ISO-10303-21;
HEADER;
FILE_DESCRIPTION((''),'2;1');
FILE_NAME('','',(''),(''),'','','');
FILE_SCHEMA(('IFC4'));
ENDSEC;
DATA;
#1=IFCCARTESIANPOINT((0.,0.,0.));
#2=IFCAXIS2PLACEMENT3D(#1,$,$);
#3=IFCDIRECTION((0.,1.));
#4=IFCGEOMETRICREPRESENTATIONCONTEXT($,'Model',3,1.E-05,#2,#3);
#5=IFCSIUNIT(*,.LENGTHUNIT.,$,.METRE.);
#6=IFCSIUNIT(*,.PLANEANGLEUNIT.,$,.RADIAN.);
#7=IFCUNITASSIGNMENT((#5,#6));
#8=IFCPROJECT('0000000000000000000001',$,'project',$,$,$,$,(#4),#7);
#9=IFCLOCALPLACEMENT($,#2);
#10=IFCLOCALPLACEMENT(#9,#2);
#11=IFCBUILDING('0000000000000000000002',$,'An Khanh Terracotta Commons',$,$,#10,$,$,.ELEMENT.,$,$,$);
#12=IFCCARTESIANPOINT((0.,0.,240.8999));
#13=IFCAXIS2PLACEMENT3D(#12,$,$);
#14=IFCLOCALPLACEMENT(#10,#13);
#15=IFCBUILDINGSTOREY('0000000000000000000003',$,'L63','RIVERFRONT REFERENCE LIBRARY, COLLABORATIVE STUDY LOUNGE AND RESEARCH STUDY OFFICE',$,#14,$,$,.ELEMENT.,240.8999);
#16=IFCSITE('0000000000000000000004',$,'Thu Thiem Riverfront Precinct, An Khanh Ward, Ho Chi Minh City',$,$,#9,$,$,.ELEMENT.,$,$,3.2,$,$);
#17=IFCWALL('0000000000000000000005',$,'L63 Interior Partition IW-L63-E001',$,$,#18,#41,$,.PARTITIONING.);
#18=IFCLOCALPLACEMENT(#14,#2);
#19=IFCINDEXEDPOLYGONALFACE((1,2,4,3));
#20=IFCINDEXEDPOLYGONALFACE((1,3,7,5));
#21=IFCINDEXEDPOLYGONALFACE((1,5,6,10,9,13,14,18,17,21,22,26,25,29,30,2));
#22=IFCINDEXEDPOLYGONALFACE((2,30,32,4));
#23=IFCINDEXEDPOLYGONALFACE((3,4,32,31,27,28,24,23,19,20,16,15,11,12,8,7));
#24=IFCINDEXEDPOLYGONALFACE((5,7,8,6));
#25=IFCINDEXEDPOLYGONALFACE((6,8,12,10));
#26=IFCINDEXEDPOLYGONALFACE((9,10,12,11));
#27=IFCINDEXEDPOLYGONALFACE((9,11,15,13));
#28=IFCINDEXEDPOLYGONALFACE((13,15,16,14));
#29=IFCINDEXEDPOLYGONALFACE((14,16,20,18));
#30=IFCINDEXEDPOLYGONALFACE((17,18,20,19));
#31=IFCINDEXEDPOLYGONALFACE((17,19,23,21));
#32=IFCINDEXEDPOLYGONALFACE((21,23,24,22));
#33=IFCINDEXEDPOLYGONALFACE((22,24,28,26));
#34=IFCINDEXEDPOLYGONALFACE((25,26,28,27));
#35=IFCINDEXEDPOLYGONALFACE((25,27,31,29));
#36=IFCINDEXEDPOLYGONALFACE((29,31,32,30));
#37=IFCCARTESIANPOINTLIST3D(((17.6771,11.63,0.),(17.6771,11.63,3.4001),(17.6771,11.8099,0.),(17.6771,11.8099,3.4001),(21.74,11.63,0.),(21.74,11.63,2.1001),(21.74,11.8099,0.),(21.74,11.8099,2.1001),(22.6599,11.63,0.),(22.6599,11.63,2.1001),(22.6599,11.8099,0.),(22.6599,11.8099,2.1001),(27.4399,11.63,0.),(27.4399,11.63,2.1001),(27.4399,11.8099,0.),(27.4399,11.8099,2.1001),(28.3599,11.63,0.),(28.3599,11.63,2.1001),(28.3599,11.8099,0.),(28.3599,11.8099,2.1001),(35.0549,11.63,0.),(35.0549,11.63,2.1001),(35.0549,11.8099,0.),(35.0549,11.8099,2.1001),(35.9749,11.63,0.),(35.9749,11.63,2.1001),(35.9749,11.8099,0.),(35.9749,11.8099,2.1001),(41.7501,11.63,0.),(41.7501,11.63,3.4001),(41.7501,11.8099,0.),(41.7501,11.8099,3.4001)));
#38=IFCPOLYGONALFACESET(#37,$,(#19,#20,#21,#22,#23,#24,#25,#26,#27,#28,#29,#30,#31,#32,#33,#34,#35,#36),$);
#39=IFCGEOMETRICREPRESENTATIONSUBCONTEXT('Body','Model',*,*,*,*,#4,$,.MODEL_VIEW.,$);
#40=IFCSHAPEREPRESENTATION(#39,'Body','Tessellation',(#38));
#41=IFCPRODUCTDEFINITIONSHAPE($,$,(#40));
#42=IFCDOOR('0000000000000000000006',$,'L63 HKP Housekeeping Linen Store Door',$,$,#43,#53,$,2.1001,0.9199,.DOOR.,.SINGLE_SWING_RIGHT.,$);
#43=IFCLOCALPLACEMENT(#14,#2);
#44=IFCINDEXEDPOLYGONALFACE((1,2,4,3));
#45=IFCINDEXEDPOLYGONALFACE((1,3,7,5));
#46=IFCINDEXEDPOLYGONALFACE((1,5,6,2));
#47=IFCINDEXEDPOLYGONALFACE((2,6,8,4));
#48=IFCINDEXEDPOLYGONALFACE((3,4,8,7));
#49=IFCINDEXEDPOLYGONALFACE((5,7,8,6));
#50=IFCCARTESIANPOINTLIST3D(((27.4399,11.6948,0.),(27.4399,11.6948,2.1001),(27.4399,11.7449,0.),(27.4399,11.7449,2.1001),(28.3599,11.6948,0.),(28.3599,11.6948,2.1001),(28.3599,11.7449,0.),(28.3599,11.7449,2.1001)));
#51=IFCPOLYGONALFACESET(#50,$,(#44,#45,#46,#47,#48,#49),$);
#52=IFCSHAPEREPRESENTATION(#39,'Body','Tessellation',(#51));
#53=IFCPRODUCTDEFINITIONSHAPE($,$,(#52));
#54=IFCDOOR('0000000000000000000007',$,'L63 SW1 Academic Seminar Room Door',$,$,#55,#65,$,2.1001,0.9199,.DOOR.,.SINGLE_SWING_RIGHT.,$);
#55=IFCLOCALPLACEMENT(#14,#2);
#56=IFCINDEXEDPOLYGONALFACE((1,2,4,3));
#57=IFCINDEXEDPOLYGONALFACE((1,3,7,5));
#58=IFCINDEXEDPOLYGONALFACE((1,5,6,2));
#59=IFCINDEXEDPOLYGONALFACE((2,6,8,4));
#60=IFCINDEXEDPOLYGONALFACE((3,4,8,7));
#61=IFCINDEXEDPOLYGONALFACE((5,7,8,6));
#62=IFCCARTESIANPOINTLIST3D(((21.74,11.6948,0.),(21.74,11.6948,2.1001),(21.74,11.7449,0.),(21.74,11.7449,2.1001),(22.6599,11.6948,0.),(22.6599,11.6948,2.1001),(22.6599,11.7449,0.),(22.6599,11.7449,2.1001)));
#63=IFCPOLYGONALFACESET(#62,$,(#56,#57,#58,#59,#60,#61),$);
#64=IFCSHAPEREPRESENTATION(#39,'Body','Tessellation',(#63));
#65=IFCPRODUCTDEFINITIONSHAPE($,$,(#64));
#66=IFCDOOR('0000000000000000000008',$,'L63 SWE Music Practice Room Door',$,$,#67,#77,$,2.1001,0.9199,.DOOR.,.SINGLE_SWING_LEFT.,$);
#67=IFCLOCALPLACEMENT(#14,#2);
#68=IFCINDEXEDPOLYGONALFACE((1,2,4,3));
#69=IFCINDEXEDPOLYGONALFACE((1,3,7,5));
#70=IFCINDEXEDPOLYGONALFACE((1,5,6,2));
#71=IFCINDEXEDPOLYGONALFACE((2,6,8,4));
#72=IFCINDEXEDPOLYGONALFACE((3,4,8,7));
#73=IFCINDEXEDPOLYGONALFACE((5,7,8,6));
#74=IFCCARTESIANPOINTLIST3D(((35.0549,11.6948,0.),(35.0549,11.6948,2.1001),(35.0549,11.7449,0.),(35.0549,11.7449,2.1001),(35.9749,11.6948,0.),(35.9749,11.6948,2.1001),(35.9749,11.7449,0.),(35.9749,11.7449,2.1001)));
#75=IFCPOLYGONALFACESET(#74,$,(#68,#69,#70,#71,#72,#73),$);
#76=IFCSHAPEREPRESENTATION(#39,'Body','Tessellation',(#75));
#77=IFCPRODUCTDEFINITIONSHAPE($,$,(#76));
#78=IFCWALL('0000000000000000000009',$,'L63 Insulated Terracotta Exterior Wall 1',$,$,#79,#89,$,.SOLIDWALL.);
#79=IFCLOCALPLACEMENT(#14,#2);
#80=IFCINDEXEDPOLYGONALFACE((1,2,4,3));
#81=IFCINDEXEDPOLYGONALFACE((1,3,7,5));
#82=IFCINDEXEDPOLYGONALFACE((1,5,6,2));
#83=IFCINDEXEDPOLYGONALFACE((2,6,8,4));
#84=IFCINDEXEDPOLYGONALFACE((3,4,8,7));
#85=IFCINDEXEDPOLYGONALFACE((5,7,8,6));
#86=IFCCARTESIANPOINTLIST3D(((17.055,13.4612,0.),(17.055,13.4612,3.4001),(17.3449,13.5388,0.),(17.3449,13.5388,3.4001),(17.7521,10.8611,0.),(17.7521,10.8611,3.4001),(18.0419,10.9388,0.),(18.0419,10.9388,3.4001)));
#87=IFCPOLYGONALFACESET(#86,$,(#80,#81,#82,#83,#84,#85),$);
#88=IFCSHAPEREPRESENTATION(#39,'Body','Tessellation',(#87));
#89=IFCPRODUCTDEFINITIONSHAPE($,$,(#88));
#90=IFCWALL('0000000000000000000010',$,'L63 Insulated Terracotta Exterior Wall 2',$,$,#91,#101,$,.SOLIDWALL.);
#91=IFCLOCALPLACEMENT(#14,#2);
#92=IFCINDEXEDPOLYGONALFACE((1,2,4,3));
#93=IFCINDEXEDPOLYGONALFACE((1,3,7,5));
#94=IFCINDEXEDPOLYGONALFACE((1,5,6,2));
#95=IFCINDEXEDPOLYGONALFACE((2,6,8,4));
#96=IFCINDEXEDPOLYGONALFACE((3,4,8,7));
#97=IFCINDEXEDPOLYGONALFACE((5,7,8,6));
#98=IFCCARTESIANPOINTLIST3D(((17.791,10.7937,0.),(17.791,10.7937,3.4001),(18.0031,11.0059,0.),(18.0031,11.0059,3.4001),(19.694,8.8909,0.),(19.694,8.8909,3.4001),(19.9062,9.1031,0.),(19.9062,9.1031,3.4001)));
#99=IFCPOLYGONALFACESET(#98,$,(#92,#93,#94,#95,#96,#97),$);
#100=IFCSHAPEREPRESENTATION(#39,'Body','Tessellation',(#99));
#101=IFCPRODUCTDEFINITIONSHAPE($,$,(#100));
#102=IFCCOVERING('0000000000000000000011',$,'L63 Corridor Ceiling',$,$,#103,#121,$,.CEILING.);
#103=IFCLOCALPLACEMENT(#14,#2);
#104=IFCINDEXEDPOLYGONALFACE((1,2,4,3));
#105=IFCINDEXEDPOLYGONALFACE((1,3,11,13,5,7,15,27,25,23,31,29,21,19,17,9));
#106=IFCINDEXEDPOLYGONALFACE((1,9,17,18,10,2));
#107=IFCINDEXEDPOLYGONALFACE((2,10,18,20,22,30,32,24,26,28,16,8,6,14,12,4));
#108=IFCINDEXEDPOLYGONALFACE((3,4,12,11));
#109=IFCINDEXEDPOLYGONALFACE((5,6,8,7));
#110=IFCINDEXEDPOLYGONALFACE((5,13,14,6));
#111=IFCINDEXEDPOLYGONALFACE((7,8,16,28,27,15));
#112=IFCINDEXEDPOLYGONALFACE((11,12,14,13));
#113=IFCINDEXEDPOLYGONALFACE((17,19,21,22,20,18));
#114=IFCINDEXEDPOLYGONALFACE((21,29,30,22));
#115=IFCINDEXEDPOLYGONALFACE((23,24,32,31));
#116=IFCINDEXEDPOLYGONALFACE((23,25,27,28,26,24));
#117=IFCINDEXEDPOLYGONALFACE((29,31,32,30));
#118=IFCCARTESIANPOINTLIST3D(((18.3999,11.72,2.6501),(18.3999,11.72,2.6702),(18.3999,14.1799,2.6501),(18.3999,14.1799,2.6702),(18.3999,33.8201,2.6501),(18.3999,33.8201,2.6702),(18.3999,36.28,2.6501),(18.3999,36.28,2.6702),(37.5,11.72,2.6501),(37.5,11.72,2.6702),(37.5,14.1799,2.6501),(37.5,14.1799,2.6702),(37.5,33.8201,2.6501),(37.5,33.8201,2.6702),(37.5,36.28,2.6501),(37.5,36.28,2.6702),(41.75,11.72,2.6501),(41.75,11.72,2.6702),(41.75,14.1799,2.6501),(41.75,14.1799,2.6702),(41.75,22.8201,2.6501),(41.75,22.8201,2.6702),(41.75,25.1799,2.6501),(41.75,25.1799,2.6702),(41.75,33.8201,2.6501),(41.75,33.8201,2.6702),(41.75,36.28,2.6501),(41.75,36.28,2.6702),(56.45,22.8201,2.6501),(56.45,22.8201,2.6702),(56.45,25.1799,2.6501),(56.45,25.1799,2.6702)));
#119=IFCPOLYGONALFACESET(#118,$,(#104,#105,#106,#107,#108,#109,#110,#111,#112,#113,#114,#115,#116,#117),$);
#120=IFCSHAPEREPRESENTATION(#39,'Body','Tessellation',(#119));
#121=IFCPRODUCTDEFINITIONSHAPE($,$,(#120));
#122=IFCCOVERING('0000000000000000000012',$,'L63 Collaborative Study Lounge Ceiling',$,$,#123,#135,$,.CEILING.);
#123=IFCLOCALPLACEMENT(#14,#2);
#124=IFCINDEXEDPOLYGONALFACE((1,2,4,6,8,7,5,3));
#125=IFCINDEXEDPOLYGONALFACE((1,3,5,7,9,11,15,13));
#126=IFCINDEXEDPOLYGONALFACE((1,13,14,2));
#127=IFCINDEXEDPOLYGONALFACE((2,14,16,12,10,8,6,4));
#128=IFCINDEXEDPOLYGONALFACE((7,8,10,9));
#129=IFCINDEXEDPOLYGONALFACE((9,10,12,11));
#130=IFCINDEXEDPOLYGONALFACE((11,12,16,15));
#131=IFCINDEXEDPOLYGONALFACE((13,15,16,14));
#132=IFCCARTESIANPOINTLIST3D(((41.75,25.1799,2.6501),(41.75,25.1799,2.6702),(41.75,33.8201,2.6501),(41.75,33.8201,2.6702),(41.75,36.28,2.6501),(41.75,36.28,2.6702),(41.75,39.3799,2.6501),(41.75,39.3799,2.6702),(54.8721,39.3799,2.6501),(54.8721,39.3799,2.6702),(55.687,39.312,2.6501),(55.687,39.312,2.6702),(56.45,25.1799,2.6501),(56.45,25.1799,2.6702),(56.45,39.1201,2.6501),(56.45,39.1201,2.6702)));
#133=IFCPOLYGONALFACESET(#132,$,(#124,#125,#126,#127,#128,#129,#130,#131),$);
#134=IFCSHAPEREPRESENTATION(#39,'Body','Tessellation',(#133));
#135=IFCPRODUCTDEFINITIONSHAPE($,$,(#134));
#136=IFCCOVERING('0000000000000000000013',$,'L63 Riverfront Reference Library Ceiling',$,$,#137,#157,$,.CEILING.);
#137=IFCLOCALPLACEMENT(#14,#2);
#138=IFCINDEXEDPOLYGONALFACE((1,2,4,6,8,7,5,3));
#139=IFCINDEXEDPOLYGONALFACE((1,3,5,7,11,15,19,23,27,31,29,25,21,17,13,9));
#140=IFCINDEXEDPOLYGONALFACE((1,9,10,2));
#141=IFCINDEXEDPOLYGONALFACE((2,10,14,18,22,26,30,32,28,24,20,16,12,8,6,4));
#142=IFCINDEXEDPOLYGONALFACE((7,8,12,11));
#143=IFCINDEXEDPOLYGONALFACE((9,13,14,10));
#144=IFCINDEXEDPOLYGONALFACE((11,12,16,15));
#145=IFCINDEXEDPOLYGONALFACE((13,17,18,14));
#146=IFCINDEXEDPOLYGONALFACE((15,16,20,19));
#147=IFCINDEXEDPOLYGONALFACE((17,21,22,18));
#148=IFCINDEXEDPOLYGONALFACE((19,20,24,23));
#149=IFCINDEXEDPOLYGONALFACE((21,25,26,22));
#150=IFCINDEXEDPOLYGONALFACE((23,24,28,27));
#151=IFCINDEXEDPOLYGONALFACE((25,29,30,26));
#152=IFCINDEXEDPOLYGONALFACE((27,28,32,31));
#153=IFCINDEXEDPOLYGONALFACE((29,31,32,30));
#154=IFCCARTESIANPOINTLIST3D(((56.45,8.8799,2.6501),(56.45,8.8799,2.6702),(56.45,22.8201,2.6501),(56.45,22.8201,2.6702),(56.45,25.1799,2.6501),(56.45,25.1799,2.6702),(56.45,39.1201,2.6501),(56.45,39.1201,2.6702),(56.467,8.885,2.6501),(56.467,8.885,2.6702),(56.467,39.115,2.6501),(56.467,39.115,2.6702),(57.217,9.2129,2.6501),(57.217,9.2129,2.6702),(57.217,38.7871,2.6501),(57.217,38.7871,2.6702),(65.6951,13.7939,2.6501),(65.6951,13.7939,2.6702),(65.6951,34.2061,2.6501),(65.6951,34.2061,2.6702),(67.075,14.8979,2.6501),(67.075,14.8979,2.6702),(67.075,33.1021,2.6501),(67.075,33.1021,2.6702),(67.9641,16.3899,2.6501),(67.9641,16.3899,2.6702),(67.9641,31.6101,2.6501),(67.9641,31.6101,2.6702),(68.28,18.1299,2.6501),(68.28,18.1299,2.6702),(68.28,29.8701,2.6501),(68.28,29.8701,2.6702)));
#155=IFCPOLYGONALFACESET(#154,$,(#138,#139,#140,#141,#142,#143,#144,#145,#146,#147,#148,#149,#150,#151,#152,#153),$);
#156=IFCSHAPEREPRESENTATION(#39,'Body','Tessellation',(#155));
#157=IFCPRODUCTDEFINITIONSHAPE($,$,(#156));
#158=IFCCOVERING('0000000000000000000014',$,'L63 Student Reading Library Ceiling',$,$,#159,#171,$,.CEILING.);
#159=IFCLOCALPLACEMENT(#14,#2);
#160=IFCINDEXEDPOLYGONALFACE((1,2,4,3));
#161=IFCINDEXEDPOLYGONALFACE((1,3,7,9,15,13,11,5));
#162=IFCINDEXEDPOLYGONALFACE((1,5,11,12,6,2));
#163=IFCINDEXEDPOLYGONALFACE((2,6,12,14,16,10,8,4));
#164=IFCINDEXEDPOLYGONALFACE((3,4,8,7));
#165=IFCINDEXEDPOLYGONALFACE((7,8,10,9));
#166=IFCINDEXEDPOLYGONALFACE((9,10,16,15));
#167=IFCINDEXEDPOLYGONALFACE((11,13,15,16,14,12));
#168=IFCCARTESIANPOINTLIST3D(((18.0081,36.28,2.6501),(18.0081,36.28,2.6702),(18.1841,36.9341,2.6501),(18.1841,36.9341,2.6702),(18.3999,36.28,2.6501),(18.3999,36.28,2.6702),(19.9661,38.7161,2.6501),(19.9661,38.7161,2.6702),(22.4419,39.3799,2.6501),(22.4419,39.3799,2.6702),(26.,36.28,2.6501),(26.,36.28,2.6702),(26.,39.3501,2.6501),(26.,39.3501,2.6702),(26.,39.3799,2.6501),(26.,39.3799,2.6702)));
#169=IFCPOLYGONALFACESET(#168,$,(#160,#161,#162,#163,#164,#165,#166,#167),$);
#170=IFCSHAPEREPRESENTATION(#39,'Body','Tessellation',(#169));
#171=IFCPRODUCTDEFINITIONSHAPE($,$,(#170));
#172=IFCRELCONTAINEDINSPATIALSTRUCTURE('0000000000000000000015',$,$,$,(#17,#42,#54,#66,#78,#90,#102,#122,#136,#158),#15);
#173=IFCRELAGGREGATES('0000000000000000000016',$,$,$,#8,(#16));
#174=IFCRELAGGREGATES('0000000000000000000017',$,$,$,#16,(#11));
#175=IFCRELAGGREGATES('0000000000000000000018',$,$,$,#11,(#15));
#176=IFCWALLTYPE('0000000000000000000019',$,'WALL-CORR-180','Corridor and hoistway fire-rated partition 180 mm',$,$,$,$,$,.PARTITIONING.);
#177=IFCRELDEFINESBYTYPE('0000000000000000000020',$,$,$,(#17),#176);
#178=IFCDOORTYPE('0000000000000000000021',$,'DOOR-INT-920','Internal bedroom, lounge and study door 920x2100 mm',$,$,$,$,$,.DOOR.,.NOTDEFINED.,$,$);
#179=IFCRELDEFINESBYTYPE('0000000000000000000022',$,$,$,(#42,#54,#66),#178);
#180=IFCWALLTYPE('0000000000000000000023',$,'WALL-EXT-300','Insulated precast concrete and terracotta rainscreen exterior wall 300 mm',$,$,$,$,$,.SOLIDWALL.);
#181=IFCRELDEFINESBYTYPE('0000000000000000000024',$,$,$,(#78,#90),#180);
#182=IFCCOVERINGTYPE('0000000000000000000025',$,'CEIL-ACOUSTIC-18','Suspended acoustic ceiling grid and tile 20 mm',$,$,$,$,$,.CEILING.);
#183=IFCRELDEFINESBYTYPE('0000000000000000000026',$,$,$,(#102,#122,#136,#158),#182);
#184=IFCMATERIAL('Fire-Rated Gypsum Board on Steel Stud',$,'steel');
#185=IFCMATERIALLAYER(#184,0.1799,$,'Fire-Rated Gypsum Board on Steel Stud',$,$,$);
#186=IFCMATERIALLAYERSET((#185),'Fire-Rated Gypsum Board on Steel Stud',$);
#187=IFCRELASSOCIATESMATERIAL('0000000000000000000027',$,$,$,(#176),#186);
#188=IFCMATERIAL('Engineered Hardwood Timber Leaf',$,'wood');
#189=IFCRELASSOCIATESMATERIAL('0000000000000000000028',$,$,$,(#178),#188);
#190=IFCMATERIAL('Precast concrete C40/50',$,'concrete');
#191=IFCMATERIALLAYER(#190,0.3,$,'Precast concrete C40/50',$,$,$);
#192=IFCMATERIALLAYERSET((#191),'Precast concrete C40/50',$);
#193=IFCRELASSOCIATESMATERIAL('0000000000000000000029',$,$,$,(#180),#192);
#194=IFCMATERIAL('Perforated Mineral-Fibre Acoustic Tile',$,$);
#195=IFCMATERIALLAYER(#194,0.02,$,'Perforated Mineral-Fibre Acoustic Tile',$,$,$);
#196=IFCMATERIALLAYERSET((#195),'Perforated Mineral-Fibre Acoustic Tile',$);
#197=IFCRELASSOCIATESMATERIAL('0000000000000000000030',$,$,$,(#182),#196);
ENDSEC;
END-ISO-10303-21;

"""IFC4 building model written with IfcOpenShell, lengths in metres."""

from ifc_helpers import new_model, si_unit, direction, frame, frame_2d, origin, place, context, subcontext, project, spatial, polyline, rectangle, outline, extrude, material, layer, layer_set, type_object, element, fill, save


model = new_model("IFC4")

# Units and contexts
model_context = context("Model", 3, precision=1e-05, world=origin(), true_north=direction((0.0, 1.0)))
body_context = subcontext(model_context, "Body", "Model", "MODEL_VIEW")
ifc_project = project(units=[si_unit("LENGTHUNIT", "METRE"), si_unit("PLANEANGLEUNIT", "RADIAN")], contexts=[model_context])

# Site, building, storey
site_placement = place(None, origin())
site = spatial("IfcSite", under=ifc_project, at=site_placement, Name="Thu Thiem Riverfront Precinct, An Khanh Ward, Ho Chi Minh City", CompositionType="ELEMENT", RefElevation=3.2)
building_placement = place(site_placement, origin())
building = spatial("IfcBuilding", under=site, at=building_placement, Name="An Khanh Terracotta Commons", CompositionType="ELEMENT")
storey_placement = place(building_placement, frame((0.0, 0.0, 240.8999)))
storey = spatial("IfcBuildingStorey", under=building, at=storey_placement, Name="L63", Description="RIVERFRONT REFERENCE LIBRARY, COLLABORATIVE STUDY LOUNGE AND RESEARCH STUDY OFFICE", CompositionType="ELEMENT", Elevation=240.8999)

# Shared definitions
ifc_material_1 = material(Name="Precast concrete C40/50", Category="concrete")

# Wall, openings, doors
ifc_material_2 = material(Name="Fire-Rated Gypsum Board on Steel Stud", Category="steel")
ifc_layer_1 = layer(ifc_material_2, 0.1799, Name="Fire-Rated Gypsum Board on Steel Stud")
ifc_layer_set_1 = layer_set([ifc_layer_1], Name="Fire-Rated Gypsum Board on Steel Stud")
wall_type_1 = type_object("IfcWallType", Name="WALL-CORR-180", Description="Corridor and hoistway fire-rated partition 180 mm", PredefinedType="PARTITIONING", material=ifc_layer_set_1)
wall_1_placement = place(storey_placement, frame((17.677, 11.72, 0.0), z_axis=(0.0, 0.0, 1.0), x_axis=(1.0, 0.0, 0.0)))
wall_1 = element("IfcWall", 1, at=wall_1_placement, inside=storey, type_object=wall_type_1, Name="L63 Interior Partition IW-L63-E001", PredefinedType="PARTITIONING", context=body_context, shape_type="SweptSolid", body=[
    extrude(rectangle(XDim=24.073, YDim=0.1799, at=frame_2d((12.0366, 0.0))), origin(), (0.0, 0.0, 1.0), 3.4001),
])
opening_1_placement = place(wall_1_placement, frame((9.7629, 0.0, 0.0)))
opening_1 = element("IfcOpeningElement", 2, at=opening_1_placement, cuts=wall_1, PredefinedType="OPENING", context=body_context, shape_type="SweptSolid", body=[
    extrude(rectangle(XDim=0.9199, YDim=2.1001, at=frame_2d((0.46, 1.05))), frame((0.0, 0.0999, 0.0), z_axis=(0.0, -1.0, 0.0), x_axis=(1.0, 0.0, 0.0)), (0.0, 0.0, 1.0), 0.2),
])
opening_2_placement = place(wall_1_placement, frame((4.063, 0.0, 0.0)))
opening_2 = element("IfcOpeningElement", 3, at=opening_2_placement, cuts=wall_1, PredefinedType="OPENING", context=body_context, shape_type="SweptSolid", body=[
    extrude(rectangle(XDim=0.9199, YDim=2.1001, at=frame_2d((0.46, 1.05))), frame((0.0, 0.0999, 0.0), z_axis=(0.0, -1.0, 0.0), x_axis=(1.0, 0.0, 0.0)), (0.0, 0.0, 1.0), 0.2),
])
opening_3_placement = place(wall_1_placement, frame((17.3779, 0.0, 0.0)))
opening_3 = element("IfcOpeningElement", 4, at=opening_3_placement, cuts=wall_1, PredefinedType="OPENING", context=body_context, shape_type="SweptSolid", body=[
    extrude(rectangle(XDim=0.9199, YDim=2.1001, at=frame_2d((0.46, 1.05))), frame((0.0, 0.0999, 0.0), z_axis=(0.0, -1.0, 0.0), x_axis=(1.0, 0.0, 0.0)), (0.0, 0.0, 1.0), 0.2),
])
ifc_material_3 = material(Name="Engineered Hardwood Timber Leaf", Category="wood")
door_type = type_object("IfcDoorType", Name="DOOR-INT-920", Description="Internal bedroom, lounge and study door 920x2100 mm", OperationType="NOTDEFINED", PredefinedType="DOOR", material=ifc_material_3)
door_1_placement = place(opening_1_placement, origin())
door_1 = element("IfcDoor", 5, at=door_1_placement, inside=storey, type_object=door_type, Name="L63 HKP Housekeeping Linen Store Door", OperationType="SINGLE_SWING_RIGHT", OverallHeight=2.1001, OverallWidth=0.9199, PredefinedType="DOOR", context=body_context, shape_type="SweptSolid", body=[
    extrude(rectangle(XDim=0.9199, YDim=2.1001, at=frame_2d((0.46, 1.05))), frame((0.0, 0.0249, 0.0), z_axis=(0.0, -1.0, 0.0), x_axis=(1.0, 0.0, 0.0)), (0.0, 0.0, 1.0), 0.05),
])
fill(opening_1, door_1)
door_2_placement = place(opening_2_placement, origin())
door_2 = element("IfcDoor", 6, at=door_2_placement, inside=storey, type_object=door_type, Name="L63 SW1 Academic Seminar Room Door", OperationType="SINGLE_SWING_RIGHT", OverallHeight=2.1001, OverallWidth=0.9199, PredefinedType="DOOR", context=body_context, shape_type="SweptSolid", body=[
    extrude(rectangle(XDim=0.9199, YDim=2.1001, at=frame_2d((0.46, 1.05))), frame((0.0, 0.0249, 0.0), z_axis=(0.0, -1.0, 0.0), x_axis=(1.0, 0.0, 0.0)), (0.0, 0.0, 1.0), 0.05),
])
fill(opening_2, door_2)
door_3_placement = place(opening_3_placement, origin())
door_3 = element("IfcDoor", 7, at=door_3_placement, inside=storey, type_object=door_type, Name="L63 SWE Music Practice Room Door", OperationType="SINGLE_SWING_LEFT", OverallHeight=2.1001, OverallWidth=0.9199, PredefinedType="DOOR", context=body_context, shape_type="SweptSolid", body=[
    extrude(rectangle(XDim=0.9199, YDim=2.1001, at=frame_2d((0.46, 1.05))), frame((0.0, 0.0249, 0.0), z_axis=(0.0, -1.0, 0.0), x_axis=(1.0, 0.0, 0.0)), (0.0, 0.0, 1.0), 0.05),
])
fill(opening_3, door_3)

# Walls
ifc_layer_2 = layer(ifc_material_1, 0.3, Name="Precast concrete C40/50")
ifc_layer_set_2 = layer_set([ifc_layer_2], Name="Precast concrete C40/50")
wall_type_2 = type_object("IfcWallType", Name="WALL-EXT-300", Description="Insulated precast concrete and terracotta rainscreen exterior wall 300 mm", PredefinedType="SOLIDWALL", material=ifc_layer_set_2)
wall_2_placement = place(storey_placement, frame((17.2, 13.5, 0.0), z_axis=(0.0, 0.0, 1.0), x_axis=(0.258933, -0.965895, 0.0)))
element("IfcWall", 8, at=wall_2_placement, inside=storey, type_object=wall_type_2, Name="L63 Insulated Terracotta Exterior Wall 1", PredefinedType="SOLIDWALL", context=body_context, shape_type="SweptSolid", body=[
    extrude(rectangle(XDim=2.6919, YDim=0.3, at=frame_2d((1.3459, 0.0))), origin(), (0.0, 0.0, 1.0), 3.4001),
])
wall_3_placement = place(storey_placement, frame((17.897, 10.8999, 0.0), z_axis=(0.0, 0.0, 1.0), x_axis=(0.707152, -0.707061, 0.0)))
element("IfcWall", 9, at=wall_3_placement, inside=storey, type_object=wall_type_2, Name="L63 Insulated Terracotta Exterior Wall 2", PredefinedType="SOLIDWALL", context=body_context, shape_type="SweptSolid", body=[
    extrude(rectangle(XDim=2.6912, YDim=0.3, at=frame_2d((1.3457, 0.0))), origin(), (0.0, 0.0, 1.0), 3.4001),
])

# Coverings
ifc_material_4 = material(Name="Perforated Mineral-Fibre Acoustic Tile")
ifc_layer_3 = layer(ifc_material_4, 0.02, Name="Perforated Mineral-Fibre Acoustic Tile")
ifc_layer_set_3 = layer_set([ifc_layer_3], Name="Perforated Mineral-Fibre Acoustic Tile")
covering_type = type_object("IfcCoveringType", Name="CEIL-ACOUSTIC-18", Description="Suspended acoustic ceiling grid and tile 20 mm", PredefinedType="CEILING", material=ifc_layer_set_3)
covering_1_placement = place(storey_placement, frame((0.0, 0.0, 2.6501)))
element("IfcCovering", 10, at=covering_1_placement, inside=storey, type_object=covering_type, Name="L63 Corridor Ceiling", PredefinedType="CEILING", context=body_context, shape_type="SweptSolid", body=[
    extrude(outline(polyline([(18.3999, 11.72), (18.3999, 14.1799), (37.5, 14.1799), (37.5, 33.8201), (18.3999, 33.8201), (18.3999, 36.28), (37.5, 36.28), (41.75, 36.28), (41.75, 33.8201), (41.75, 25.1799), (56.45, 25.1799), (56.45, 22.8201), (41.75, 22.8201), (41.75, 14.1799), (41.75, 11.72), (37.5, 11.72), (18.3999, 11.72)])), origin(), (0.0, 0.0, 1.0), 0.02),
])
covering_2_placement = place(storey_placement, frame((0.0, 0.0, 2.6501)))
element("IfcCovering", 11, at=covering_2_placement, inside=storey, type_object=covering_type, Name="L63 Collaborative Study Lounge Ceiling", PredefinedType="CEILING", context=body_context, shape_type="SweptSolid", body=[
    extrude(outline(polyline([(54.8721, 39.3799), (55.687, 39.312), (56.45, 39.1201), (56.45, 25.1799), (41.75, 25.1799), (41.75, 33.8201), (41.75, 36.28), (41.75, 39.3799), (54.8721, 39.3799)])), origin(), (0.0, 0.0, 1.0), 0.02),
])
covering_3_placement = place(storey_placement, frame((0.0, 0.0, 2.6501)))
element("IfcCovering", 12, at=covering_3_placement, inside=storey, type_object=covering_type, Name="L63 Riverfront Reference Library Ceiling", PredefinedType="CEILING", context=body_context, shape_type="SweptSolid", body=[
    extrude(outline(polyline([(56.467, 39.115), (57.217, 38.7871), (65.6951, 34.2061), (67.075, 33.1021), (67.9641, 31.6101), (68.28, 29.8701), (68.28, 18.1299), (67.9641, 16.3899), (67.075, 14.8979), (65.6951, 13.7939), (57.217, 9.2129), (56.467, 8.885), (56.45, 8.8799), (56.45, 22.8201), (56.45, 25.1799), (56.45, 39.1201), (56.467, 39.115)])), origin(), (0.0, 0.0, 1.0), 0.02),
])
covering_4_placement = place(storey_placement, frame((0.0, 0.0, 2.6501)))
element("IfcCovering", 13, at=covering_4_placement, inside=storey, type_object=covering_type, Name="L63 Student Reading Library Ceiling", PredefinedType="CEILING", context=body_context, shape_type="SweptSolid", body=[
    extrude(outline(polyline([(26.0, 39.3799), (26.0, 39.3501), (26.0, 36.28), (18.3999, 36.28), (18.0081, 36.28), (18.1841, 36.9341), (19.9661, 38.7161), (22.4419, 39.3799), (26.0, 39.3799)])), origin(), (0.0, 0.0, 1.0), 0.02),
])

save(model, "model.ifc")
